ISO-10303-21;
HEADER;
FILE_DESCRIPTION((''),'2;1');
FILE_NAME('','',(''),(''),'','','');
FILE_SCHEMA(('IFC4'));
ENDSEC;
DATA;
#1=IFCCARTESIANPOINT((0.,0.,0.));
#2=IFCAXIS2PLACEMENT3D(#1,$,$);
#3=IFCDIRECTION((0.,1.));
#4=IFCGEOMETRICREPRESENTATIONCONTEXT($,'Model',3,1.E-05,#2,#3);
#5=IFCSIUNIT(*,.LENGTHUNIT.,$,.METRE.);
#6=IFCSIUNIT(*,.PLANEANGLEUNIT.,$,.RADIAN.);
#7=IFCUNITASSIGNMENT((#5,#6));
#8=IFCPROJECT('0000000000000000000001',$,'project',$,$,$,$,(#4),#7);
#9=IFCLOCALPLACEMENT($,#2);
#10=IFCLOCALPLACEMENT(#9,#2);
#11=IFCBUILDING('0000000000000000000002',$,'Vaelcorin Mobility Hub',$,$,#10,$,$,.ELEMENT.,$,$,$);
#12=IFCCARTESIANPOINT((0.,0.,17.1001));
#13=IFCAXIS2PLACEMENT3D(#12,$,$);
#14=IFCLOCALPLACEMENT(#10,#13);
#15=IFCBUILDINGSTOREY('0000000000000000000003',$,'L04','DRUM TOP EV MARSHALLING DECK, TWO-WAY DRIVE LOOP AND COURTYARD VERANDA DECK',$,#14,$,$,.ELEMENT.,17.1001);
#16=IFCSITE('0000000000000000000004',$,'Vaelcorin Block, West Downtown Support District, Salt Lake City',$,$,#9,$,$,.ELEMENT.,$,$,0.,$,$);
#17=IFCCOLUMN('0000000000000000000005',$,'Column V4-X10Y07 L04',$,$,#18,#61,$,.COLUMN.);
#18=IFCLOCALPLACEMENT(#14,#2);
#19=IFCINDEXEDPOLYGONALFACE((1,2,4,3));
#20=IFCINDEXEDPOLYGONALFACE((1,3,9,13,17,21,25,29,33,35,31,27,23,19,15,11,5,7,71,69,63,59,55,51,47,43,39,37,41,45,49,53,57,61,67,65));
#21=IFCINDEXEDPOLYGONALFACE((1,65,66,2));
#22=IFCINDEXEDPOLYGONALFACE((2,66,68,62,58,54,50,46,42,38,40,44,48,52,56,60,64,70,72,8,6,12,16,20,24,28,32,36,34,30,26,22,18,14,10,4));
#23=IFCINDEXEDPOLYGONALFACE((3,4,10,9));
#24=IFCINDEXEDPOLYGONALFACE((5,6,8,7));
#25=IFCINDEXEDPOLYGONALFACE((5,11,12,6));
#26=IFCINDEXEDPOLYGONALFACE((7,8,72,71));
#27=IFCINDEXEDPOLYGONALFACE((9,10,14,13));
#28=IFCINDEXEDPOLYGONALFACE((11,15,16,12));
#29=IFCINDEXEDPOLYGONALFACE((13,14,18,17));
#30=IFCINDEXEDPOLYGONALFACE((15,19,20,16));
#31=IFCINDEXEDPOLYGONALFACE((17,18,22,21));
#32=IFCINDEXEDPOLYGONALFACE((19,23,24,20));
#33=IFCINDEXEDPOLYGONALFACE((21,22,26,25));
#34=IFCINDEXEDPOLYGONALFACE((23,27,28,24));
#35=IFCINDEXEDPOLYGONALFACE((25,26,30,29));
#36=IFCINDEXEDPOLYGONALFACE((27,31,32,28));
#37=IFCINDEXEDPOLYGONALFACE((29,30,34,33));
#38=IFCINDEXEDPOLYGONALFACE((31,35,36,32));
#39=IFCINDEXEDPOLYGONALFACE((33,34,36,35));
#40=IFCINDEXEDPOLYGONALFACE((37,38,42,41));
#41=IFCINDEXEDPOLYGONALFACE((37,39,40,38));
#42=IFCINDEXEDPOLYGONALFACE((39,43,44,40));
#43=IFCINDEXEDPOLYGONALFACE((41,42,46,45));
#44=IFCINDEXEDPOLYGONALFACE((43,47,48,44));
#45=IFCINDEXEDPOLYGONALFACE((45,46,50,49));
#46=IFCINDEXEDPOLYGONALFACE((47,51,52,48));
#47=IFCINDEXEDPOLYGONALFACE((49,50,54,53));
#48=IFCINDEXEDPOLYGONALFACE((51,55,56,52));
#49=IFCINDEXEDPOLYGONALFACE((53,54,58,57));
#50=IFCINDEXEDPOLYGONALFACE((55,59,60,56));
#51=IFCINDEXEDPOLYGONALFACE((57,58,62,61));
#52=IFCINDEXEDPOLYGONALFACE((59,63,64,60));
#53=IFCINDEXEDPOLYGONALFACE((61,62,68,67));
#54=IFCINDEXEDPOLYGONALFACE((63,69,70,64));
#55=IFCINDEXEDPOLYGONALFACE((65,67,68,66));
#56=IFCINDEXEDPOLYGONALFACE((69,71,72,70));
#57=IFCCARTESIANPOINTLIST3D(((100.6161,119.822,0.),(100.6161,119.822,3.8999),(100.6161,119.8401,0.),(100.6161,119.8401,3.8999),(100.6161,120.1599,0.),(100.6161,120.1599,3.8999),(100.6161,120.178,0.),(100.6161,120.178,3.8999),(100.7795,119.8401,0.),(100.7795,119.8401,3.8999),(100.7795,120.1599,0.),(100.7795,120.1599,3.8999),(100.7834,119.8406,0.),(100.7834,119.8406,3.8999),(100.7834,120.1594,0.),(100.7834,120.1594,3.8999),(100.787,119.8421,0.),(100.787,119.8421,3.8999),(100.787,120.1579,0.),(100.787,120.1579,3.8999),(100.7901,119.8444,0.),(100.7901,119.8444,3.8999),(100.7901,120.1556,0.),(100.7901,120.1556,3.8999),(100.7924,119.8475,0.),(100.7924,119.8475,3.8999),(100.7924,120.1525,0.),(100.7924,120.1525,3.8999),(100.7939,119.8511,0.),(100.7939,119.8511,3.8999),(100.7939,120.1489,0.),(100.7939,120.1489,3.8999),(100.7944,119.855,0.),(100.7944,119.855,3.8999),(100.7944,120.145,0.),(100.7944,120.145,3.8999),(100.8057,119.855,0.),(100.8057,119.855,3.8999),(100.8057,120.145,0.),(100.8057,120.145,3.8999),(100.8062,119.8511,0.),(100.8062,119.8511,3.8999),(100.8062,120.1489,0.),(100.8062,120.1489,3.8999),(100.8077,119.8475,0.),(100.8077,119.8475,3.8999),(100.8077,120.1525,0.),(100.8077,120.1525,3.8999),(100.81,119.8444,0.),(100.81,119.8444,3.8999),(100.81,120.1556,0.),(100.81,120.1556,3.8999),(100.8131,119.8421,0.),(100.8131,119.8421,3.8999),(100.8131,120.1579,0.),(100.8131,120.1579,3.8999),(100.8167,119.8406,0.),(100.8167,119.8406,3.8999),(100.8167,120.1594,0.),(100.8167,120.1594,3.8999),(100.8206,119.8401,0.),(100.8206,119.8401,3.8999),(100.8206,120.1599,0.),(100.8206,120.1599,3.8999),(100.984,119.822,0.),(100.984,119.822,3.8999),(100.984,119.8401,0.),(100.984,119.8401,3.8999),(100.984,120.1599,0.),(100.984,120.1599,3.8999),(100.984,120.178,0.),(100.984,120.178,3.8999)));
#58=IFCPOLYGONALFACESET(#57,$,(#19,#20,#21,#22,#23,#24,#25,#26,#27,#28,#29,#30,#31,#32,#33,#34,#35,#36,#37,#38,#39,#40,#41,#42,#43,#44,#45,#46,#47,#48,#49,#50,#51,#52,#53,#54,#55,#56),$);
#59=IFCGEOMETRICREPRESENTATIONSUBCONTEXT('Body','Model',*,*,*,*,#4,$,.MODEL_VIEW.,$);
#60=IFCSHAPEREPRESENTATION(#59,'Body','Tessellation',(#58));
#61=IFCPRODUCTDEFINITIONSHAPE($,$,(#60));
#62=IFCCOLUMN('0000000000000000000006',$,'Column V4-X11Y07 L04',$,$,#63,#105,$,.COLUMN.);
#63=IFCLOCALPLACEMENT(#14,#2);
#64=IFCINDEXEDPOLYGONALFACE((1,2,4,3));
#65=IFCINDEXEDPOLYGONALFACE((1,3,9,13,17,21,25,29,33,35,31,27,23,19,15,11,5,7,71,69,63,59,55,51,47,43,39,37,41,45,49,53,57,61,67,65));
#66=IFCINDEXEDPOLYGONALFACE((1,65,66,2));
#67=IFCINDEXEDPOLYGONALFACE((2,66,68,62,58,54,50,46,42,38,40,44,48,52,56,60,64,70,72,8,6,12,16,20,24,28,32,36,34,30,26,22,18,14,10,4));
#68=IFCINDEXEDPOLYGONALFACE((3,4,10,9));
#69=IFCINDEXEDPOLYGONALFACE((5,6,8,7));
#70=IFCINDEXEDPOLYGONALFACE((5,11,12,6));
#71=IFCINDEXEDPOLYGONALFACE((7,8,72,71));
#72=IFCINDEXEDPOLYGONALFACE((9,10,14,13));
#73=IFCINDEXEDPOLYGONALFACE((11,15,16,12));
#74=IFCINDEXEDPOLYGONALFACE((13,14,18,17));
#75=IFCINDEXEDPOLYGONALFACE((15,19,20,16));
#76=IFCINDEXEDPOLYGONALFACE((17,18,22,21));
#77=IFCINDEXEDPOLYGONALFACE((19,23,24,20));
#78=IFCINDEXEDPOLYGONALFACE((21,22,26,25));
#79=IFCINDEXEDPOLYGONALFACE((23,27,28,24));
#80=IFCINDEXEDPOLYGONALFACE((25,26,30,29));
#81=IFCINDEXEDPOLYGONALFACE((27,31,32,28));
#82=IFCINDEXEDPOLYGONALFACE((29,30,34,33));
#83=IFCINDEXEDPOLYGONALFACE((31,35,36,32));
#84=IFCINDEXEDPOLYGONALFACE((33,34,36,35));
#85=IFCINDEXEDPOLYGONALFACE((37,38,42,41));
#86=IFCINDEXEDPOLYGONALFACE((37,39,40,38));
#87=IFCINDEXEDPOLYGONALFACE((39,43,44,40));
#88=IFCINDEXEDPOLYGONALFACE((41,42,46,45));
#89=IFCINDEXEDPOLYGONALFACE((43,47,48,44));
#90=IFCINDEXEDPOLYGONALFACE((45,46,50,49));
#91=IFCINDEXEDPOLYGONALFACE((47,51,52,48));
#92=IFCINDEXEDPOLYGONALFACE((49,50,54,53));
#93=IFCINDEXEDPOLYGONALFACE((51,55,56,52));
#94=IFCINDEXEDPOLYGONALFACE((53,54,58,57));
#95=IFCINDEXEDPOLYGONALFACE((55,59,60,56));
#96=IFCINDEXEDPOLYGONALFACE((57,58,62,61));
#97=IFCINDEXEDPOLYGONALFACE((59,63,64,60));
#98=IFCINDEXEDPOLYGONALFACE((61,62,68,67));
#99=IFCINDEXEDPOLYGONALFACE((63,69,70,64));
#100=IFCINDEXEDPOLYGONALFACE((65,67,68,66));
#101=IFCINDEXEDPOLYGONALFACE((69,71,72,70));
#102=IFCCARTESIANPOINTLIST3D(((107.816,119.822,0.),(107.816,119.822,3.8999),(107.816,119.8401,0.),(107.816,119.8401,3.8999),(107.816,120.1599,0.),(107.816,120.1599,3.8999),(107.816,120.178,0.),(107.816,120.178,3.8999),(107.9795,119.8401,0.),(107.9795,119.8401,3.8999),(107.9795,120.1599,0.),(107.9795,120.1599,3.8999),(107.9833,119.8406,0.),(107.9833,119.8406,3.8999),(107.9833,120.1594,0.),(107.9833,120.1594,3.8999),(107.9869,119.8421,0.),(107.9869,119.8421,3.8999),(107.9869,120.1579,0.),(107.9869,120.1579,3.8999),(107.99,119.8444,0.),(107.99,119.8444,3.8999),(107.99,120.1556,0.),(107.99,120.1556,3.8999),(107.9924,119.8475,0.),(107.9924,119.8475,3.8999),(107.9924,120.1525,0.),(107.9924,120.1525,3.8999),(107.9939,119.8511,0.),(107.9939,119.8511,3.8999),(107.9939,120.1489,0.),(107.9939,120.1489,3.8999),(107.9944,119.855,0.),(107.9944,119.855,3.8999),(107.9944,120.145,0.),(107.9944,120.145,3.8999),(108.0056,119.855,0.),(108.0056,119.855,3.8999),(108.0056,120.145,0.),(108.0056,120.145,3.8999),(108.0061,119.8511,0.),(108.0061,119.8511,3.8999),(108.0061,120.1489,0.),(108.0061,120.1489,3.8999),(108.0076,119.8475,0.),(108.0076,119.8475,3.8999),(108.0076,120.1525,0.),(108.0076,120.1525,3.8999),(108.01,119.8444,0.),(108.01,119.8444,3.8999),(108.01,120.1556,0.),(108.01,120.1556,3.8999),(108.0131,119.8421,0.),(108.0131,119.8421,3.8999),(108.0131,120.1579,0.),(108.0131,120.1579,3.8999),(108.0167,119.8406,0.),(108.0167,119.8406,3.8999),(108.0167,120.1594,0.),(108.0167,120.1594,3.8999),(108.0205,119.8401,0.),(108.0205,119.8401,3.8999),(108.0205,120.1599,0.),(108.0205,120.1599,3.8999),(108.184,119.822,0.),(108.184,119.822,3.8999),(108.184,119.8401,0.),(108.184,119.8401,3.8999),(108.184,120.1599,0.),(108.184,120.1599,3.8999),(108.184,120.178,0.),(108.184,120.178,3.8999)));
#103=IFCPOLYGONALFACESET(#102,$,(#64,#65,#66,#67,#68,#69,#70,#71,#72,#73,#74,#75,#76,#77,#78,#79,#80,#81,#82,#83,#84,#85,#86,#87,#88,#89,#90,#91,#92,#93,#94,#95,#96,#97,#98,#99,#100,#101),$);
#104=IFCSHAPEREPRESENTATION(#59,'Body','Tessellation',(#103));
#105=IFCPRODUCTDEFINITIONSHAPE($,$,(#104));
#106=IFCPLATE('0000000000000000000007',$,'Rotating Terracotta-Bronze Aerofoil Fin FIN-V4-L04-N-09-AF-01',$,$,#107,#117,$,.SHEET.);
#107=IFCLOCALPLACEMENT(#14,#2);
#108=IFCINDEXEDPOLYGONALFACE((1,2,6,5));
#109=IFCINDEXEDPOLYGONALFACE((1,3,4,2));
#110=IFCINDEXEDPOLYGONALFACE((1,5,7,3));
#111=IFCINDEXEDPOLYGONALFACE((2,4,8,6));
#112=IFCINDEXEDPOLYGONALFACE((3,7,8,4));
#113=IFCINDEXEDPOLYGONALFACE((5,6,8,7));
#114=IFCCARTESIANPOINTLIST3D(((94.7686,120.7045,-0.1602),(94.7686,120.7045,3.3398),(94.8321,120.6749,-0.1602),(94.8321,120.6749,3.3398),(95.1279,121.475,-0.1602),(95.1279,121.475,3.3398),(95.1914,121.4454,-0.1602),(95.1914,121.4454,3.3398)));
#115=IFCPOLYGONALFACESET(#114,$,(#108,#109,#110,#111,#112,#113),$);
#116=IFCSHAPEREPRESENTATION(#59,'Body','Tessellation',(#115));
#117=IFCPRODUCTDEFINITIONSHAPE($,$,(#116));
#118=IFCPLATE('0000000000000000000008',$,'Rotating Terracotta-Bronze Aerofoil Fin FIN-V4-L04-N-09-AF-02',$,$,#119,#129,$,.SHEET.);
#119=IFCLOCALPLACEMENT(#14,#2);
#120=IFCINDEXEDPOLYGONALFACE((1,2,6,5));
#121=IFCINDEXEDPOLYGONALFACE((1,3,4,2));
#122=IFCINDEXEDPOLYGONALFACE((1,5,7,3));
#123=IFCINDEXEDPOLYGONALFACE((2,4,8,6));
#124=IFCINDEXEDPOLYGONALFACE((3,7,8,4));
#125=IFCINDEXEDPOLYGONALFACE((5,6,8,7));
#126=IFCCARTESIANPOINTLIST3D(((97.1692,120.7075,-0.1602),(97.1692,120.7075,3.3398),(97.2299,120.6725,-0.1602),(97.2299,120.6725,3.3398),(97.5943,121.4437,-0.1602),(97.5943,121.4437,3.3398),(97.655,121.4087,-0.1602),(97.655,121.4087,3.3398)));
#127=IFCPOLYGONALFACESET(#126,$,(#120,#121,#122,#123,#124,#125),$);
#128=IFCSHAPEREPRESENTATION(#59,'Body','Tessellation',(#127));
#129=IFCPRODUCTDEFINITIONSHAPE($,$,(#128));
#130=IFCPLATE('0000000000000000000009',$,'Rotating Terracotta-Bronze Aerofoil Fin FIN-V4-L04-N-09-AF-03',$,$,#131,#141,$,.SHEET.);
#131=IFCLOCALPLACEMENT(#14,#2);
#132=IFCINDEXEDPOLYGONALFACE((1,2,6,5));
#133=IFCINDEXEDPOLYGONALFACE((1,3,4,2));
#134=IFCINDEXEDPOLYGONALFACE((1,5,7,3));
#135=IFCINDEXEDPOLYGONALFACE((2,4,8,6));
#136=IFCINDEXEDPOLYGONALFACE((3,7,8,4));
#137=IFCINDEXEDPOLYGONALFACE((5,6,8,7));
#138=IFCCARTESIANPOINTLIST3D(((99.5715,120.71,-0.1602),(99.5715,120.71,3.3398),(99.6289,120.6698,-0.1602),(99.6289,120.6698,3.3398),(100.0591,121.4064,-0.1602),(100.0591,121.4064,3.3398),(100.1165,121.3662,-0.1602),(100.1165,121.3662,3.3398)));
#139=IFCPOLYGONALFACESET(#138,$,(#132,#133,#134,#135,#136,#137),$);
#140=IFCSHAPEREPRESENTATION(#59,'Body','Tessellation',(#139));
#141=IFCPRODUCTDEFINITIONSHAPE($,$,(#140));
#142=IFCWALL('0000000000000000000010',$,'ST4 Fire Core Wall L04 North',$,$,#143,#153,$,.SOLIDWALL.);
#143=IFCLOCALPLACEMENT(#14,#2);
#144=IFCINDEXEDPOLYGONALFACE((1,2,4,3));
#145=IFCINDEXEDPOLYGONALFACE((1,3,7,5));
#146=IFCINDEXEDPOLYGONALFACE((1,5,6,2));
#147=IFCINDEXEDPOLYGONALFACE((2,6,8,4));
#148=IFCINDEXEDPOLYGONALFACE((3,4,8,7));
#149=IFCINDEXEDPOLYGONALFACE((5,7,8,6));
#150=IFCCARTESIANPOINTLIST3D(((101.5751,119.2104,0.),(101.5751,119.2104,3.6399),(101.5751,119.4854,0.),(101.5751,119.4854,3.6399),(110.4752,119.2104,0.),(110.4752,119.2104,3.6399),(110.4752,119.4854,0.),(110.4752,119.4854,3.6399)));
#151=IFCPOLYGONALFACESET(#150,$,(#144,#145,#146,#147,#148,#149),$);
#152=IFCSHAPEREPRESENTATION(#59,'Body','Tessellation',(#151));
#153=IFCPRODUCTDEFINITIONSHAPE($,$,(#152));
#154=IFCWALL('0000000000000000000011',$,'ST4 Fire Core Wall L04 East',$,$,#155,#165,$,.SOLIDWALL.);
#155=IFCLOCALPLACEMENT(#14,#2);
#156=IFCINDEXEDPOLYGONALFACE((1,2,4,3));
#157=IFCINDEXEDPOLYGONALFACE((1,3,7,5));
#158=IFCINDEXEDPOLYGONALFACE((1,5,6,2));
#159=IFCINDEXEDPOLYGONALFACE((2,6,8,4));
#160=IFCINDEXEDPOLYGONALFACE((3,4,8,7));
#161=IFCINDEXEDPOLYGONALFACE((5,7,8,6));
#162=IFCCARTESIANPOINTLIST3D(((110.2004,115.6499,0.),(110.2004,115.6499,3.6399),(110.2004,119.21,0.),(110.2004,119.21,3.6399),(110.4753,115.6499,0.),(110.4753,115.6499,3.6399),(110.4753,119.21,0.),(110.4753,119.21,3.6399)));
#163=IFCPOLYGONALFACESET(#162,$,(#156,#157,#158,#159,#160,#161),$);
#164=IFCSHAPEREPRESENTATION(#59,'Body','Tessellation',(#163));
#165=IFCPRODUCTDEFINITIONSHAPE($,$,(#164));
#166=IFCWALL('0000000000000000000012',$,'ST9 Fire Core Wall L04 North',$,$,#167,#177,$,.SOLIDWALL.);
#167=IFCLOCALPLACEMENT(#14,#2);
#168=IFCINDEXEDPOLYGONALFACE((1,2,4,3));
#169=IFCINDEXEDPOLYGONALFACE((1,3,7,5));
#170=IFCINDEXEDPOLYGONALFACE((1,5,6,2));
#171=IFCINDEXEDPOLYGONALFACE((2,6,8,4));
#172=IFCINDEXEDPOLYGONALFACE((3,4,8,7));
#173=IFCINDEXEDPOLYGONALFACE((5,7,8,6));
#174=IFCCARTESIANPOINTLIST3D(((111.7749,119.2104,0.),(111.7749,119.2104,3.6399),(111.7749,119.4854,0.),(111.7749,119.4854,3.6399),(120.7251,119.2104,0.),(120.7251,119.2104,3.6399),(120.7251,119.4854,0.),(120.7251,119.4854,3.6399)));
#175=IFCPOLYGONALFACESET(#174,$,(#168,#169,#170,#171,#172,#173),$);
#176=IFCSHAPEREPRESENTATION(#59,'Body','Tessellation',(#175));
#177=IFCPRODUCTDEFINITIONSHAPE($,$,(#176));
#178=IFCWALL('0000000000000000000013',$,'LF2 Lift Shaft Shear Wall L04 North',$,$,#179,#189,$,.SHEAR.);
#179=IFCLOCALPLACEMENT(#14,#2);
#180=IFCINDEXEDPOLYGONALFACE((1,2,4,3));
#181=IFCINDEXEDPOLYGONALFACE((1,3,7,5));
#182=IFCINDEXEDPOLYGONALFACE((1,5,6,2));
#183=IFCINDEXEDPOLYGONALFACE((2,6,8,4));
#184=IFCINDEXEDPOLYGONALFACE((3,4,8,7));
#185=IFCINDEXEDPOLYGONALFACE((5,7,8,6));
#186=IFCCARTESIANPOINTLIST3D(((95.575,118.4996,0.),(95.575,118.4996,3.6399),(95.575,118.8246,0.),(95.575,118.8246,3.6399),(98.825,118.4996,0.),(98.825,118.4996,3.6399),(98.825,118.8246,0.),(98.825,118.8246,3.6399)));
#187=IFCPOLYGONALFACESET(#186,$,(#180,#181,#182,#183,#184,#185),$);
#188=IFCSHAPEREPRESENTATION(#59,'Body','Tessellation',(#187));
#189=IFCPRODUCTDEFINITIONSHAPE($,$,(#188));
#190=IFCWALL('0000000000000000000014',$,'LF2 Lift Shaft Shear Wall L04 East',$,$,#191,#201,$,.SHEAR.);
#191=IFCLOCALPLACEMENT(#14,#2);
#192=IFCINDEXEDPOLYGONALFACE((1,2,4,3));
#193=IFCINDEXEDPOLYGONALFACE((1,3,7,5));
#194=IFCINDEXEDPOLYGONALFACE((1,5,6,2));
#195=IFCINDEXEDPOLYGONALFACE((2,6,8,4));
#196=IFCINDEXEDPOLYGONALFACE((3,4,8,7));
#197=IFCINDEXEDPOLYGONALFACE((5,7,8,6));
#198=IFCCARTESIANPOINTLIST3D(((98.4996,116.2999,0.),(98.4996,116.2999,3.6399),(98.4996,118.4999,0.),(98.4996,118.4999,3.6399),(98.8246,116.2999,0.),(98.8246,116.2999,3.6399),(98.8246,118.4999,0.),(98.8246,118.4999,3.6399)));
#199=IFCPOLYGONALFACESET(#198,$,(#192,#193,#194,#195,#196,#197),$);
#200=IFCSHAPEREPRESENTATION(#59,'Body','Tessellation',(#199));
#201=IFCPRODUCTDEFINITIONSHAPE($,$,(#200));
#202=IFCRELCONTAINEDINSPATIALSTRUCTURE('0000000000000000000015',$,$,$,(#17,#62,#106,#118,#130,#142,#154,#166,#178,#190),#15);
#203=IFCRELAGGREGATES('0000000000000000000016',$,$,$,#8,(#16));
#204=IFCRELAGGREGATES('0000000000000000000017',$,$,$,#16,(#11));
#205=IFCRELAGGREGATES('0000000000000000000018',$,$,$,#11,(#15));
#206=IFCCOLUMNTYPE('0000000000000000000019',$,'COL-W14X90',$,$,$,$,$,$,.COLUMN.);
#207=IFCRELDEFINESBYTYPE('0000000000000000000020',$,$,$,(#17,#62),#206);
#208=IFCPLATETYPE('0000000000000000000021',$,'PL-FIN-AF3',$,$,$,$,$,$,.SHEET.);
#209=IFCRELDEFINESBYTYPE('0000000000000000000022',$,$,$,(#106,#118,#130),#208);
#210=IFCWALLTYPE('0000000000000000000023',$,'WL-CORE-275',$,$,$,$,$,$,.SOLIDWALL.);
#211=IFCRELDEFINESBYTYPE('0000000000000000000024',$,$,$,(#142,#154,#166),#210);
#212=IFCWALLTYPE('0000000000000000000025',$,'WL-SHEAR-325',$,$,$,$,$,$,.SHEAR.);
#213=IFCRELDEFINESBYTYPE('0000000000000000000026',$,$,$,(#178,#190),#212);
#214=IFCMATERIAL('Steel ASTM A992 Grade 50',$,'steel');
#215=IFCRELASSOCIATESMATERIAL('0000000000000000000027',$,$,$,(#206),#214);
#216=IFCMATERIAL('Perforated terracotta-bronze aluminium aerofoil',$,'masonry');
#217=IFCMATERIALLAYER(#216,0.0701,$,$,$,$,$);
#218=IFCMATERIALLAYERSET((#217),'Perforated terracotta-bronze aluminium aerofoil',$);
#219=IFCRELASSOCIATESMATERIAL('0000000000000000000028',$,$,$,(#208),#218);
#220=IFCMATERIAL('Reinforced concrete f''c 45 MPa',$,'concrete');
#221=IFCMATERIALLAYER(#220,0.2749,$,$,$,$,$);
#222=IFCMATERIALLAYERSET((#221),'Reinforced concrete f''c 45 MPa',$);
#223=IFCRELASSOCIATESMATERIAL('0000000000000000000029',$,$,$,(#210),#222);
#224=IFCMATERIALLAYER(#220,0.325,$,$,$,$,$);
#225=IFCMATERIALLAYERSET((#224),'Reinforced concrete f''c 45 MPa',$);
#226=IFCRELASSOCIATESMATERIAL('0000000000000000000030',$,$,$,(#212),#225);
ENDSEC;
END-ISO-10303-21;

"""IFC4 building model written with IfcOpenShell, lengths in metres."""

from ifc_helpers import new_model, si_unit, direction, frame, frame_2d, origin, origin_2d, place, context, subcontext, project, spatial, rectangle, i_section, extrude, material, layer, layer_set, material_profile, profile_set, type_object, element, save


model = new_model("IFC4")

# Units and contexts
model_context = context("Model", 3, precision=1e-05, world=origin(), true_north=direction((0.0, 1.0)))
body_context = subcontext(model_context, "Body", "Model", "MODEL_VIEW")
ifc_project = project(units=[si_unit("LENGTHUNIT", "METRE"), si_unit("PLANEANGLEUNIT", "RADIAN")], contexts=[model_context])

# Site, building, storey
site_placement = place(None, origin())
site = spatial("IfcSite", under=ifc_project, at=site_placement, Name="Vaelcorin Block, West Downtown Support District, Salt Lake City", CompositionType="ELEMENT", RefElevation=0.0)
building_placement = place(site_placement, origin())
building = spatial("IfcBuilding", under=site, at=building_placement, Name="Vaelcorin Mobility Hub", CompositionType="ELEMENT")
storey_placement = place(building_placement, frame((0.0, 0.0, 17.1001)))
storey = spatial("IfcBuildingStorey", under=building, at=storey_placement, Name="L04", Description="DRUM TOP EV MARSHALLING DECK, TWO-WAY DRIVE LOOP AND COURTYARD VERANDA DECK", CompositionType="ELEMENT", Elevation=17.1001)

# Columns
ifc_material_1 = material(Name="Steel ASTM A992 Grade 50", Category="steel")
ifc_material_profile = material_profile(ifc_material_1, i_section(OverallWidth=0.3679, OverallDepth=0.356, WebThickness=0.0112, FlangeThickness=0.0181, FilletRadius=0.0149, at=origin_2d()), Name="W14X90")
ifc_profile_set = profile_set([ifc_material_profile], Name="Steel ASTM A992 Grade 50")
column_type = type_object("IfcColumnType", Name="COL-W14X90", PredefinedType="COLUMN", material=ifc_profile_set)
for number, where, z_axis, x_axis, name in (
    (1, (100.8, 120.0, 0.0), (0.0, 0.0, 1.0), (1.0, 0.0, 0.0), "Column V4-X10Y07 L04"),
    (2, (108.0, 120.0, 0.0), (0.0, 0.0, 1.0), (1.0, 0.0, 0.0), "Column V4-X11Y07 L04"),
):
    element("IfcColumn", number, at=place(storey_placement, frame(where, z_axis=z_axis, x_axis=x_axis)), inside=storey, type_object=column_type, Name=name, PredefinedType="COLUMN", context=body_context, shape_type="SweptSolid", body=[
        extrude(i_section(OverallWidth=0.3679, OverallDepth=0.356, WebThickness=0.0112, FlangeThickness=0.0181, FilletRadius=0.0149, at=origin_2d()), origin(), (0.0, 0.0, 1.0), 3.8999),
    ])

# Plates
ifc_material_2 = material(Name="Perforated terracotta-bronze aluminium aerofoil", Category="masonry")
ifc_layer_1 = layer(ifc_material_2, 0.0701)
ifc_layer_set_1 = layer_set([ifc_layer_1], Name="Perforated terracotta-bronze aluminium aerofoil")
plate_type = type_object("IfcPlateType", Name="PL-FIN-AF3", PredefinedType="SHEET", material=ifc_layer_set_1)
for number, where, z_axis, x_axis, name in (
    (3, (94.98, 121.075, -0.1602), (0.0, 0.0, 1.0), (0.422618, 0.906308, 0.0), "Rotating Terracotta-Bronze Aerofoil Fin FIN-V4-L04-N-09-AF-01"),
    (4, (97.4121, 121.0581, -0.1602), (0.0, 0.0, 1.0), (0.5, 0.866025, 0.0), "Rotating Terracotta-Bronze Aerofoil Fin FIN-V4-L04-N-09-AF-02"),
    (5, (99.844, 121.0381, -0.1602), (0.0, 0.0, 1.0), (0.573576, 0.819152, 0.0), "Rotating Terracotta-Bronze Aerofoil Fin FIN-V4-L04-N-09-AF-03"),
):
    element("IfcPlate", number, at=place(storey_placement, frame(where, z_axis=z_axis, x_axis=x_axis)), inside=storey, type_object=plate_type, Name=name, PredefinedType="SHEET", context=body_context, shape_type="SweptSolid", body=[
        extrude(rectangle(XDim=0.8501, YDim=0.0701, at=origin_2d()), origin(), (0.0, 0.0, 1.0), 3.5),
    ])

# Walls
ifc_material_3 = material(Name="Reinforced concrete f'c 45 MPa", Category="concrete")
ifc_layer_2 = layer(ifc_material_3, 0.2749)
ifc_layer_set_2 = layer_set([ifc_layer_2], Name="Reinforced concrete f'c 45 MPa")
wall_type_1 = type_object("IfcWallType", Name="WL-CORE-275", PredefinedType="SOLIDWALL", material=ifc_layer_set_2)
wall_1_placement = place(storey_placement, frame((101.575, 119.3479, 0.0), z_axis=(0.0, 0.0, 1.0), x_axis=(1.0, 0.0, 0.0)))
element("IfcWall", 6, at=wall_1_placement, inside=storey, type_object=wall_type_1, Name="ST4 Fire Core Wall L04 North", PredefinedType="SOLIDWALL", context=body_context, shape_type="SweptSolid", body=[
    extrude(rectangle(XDim=8.9001, YDim=0.2749, at=frame_2d((4.4502, 0.0))), origin(), (0.0, 0.0, 1.0), 3.6399),
])
wall_2_placement = place(storey_placement, frame((110.3379, 119.21, 0.0), z_axis=(0.0, 0.0, 1.0), x_axis=(0.0, -1.0, 0.0)))
element("IfcWall", 7, at=wall_2_placement, inside=storey, type_object=wall_type_1, Name="ST4 Fire Core Wall L04 East", PredefinedType="SOLIDWALL", context=body_context, shape_type="SweptSolid", body=[
    extrude(rectangle(XDim=3.5601, YDim=0.2749, at=frame_2d((1.78, 0.0))), origin(), (0.0, 0.0, 1.0), 3.6399),
])
wall_3_placement = place(storey_placement, frame((111.7749, 119.3479, 0.0), z_axis=(0.0, 0.0, 1.0), x_axis=(1.0, 0.0, 0.0)))
element("IfcWall", 8, at=wall_3_placement, inside=storey, type_object=wall_type_1, Name="ST9 Fire Core Wall L04 North", PredefinedType="SOLIDWALL", context=body_context, shape_type="SweptSolid", body=[
    extrude(rectangle(XDim=8.9502, YDim=0.2749, at=frame_2d((4.4751, 0.0))), origin(), (0.0, 0.0, 1.0), 3.6399),
])
ifc_layer_3 = layer(ifc_material_3, 0.325)
ifc_layer_set_3 = layer_set([ifc_layer_3], Name="Reinforced concrete f'c 45 MPa")
wall_type_2 = type_object("IfcWallType", Name="WL-SHEAR-325", PredefinedType="SHEAR", material=ifc_layer_set_3)
wall_4_placement = place(storey_placement, frame((95.575, 118.6621, 0.0), z_axis=(0.0, 0.0, 1.0), x_axis=(1.0, 0.0, 0.0)))
element("IfcWall", 9, at=wall_4_placement, inside=storey, type_object=wall_type_2, Name="LF2 Lift Shaft Shear Wall L04 North", PredefinedType="SHEAR", context=body_context, shape_type="SweptSolid", body=[
    extrude(rectangle(XDim=3.25, YDim=0.325, at=frame_2d((1.625, 0.0))), origin(), (0.0, 0.0, 1.0), 3.6399),
])
wall_5_placement = place(storey_placement, frame((98.6621, 118.5, 0.0), z_axis=(0.0, 0.0, 1.0), x_axis=(0.0, -1.0, 0.0)))
element("IfcWall", 10, at=wall_5_placement, inside=storey, type_object=wall_type_2, Name="LF2 Lift Shaft Shear Wall L04 East", PredefinedType="SHEAR", context=body_context, shape_type="SweptSolid", body=[
    extrude(rectangle(XDim=2.2, YDim=0.325, at=frame_2d((1.1001, 0.0))), origin(), (0.0, 0.0, 1.0), 3.6399),
])

save(model, "model.ifc")
